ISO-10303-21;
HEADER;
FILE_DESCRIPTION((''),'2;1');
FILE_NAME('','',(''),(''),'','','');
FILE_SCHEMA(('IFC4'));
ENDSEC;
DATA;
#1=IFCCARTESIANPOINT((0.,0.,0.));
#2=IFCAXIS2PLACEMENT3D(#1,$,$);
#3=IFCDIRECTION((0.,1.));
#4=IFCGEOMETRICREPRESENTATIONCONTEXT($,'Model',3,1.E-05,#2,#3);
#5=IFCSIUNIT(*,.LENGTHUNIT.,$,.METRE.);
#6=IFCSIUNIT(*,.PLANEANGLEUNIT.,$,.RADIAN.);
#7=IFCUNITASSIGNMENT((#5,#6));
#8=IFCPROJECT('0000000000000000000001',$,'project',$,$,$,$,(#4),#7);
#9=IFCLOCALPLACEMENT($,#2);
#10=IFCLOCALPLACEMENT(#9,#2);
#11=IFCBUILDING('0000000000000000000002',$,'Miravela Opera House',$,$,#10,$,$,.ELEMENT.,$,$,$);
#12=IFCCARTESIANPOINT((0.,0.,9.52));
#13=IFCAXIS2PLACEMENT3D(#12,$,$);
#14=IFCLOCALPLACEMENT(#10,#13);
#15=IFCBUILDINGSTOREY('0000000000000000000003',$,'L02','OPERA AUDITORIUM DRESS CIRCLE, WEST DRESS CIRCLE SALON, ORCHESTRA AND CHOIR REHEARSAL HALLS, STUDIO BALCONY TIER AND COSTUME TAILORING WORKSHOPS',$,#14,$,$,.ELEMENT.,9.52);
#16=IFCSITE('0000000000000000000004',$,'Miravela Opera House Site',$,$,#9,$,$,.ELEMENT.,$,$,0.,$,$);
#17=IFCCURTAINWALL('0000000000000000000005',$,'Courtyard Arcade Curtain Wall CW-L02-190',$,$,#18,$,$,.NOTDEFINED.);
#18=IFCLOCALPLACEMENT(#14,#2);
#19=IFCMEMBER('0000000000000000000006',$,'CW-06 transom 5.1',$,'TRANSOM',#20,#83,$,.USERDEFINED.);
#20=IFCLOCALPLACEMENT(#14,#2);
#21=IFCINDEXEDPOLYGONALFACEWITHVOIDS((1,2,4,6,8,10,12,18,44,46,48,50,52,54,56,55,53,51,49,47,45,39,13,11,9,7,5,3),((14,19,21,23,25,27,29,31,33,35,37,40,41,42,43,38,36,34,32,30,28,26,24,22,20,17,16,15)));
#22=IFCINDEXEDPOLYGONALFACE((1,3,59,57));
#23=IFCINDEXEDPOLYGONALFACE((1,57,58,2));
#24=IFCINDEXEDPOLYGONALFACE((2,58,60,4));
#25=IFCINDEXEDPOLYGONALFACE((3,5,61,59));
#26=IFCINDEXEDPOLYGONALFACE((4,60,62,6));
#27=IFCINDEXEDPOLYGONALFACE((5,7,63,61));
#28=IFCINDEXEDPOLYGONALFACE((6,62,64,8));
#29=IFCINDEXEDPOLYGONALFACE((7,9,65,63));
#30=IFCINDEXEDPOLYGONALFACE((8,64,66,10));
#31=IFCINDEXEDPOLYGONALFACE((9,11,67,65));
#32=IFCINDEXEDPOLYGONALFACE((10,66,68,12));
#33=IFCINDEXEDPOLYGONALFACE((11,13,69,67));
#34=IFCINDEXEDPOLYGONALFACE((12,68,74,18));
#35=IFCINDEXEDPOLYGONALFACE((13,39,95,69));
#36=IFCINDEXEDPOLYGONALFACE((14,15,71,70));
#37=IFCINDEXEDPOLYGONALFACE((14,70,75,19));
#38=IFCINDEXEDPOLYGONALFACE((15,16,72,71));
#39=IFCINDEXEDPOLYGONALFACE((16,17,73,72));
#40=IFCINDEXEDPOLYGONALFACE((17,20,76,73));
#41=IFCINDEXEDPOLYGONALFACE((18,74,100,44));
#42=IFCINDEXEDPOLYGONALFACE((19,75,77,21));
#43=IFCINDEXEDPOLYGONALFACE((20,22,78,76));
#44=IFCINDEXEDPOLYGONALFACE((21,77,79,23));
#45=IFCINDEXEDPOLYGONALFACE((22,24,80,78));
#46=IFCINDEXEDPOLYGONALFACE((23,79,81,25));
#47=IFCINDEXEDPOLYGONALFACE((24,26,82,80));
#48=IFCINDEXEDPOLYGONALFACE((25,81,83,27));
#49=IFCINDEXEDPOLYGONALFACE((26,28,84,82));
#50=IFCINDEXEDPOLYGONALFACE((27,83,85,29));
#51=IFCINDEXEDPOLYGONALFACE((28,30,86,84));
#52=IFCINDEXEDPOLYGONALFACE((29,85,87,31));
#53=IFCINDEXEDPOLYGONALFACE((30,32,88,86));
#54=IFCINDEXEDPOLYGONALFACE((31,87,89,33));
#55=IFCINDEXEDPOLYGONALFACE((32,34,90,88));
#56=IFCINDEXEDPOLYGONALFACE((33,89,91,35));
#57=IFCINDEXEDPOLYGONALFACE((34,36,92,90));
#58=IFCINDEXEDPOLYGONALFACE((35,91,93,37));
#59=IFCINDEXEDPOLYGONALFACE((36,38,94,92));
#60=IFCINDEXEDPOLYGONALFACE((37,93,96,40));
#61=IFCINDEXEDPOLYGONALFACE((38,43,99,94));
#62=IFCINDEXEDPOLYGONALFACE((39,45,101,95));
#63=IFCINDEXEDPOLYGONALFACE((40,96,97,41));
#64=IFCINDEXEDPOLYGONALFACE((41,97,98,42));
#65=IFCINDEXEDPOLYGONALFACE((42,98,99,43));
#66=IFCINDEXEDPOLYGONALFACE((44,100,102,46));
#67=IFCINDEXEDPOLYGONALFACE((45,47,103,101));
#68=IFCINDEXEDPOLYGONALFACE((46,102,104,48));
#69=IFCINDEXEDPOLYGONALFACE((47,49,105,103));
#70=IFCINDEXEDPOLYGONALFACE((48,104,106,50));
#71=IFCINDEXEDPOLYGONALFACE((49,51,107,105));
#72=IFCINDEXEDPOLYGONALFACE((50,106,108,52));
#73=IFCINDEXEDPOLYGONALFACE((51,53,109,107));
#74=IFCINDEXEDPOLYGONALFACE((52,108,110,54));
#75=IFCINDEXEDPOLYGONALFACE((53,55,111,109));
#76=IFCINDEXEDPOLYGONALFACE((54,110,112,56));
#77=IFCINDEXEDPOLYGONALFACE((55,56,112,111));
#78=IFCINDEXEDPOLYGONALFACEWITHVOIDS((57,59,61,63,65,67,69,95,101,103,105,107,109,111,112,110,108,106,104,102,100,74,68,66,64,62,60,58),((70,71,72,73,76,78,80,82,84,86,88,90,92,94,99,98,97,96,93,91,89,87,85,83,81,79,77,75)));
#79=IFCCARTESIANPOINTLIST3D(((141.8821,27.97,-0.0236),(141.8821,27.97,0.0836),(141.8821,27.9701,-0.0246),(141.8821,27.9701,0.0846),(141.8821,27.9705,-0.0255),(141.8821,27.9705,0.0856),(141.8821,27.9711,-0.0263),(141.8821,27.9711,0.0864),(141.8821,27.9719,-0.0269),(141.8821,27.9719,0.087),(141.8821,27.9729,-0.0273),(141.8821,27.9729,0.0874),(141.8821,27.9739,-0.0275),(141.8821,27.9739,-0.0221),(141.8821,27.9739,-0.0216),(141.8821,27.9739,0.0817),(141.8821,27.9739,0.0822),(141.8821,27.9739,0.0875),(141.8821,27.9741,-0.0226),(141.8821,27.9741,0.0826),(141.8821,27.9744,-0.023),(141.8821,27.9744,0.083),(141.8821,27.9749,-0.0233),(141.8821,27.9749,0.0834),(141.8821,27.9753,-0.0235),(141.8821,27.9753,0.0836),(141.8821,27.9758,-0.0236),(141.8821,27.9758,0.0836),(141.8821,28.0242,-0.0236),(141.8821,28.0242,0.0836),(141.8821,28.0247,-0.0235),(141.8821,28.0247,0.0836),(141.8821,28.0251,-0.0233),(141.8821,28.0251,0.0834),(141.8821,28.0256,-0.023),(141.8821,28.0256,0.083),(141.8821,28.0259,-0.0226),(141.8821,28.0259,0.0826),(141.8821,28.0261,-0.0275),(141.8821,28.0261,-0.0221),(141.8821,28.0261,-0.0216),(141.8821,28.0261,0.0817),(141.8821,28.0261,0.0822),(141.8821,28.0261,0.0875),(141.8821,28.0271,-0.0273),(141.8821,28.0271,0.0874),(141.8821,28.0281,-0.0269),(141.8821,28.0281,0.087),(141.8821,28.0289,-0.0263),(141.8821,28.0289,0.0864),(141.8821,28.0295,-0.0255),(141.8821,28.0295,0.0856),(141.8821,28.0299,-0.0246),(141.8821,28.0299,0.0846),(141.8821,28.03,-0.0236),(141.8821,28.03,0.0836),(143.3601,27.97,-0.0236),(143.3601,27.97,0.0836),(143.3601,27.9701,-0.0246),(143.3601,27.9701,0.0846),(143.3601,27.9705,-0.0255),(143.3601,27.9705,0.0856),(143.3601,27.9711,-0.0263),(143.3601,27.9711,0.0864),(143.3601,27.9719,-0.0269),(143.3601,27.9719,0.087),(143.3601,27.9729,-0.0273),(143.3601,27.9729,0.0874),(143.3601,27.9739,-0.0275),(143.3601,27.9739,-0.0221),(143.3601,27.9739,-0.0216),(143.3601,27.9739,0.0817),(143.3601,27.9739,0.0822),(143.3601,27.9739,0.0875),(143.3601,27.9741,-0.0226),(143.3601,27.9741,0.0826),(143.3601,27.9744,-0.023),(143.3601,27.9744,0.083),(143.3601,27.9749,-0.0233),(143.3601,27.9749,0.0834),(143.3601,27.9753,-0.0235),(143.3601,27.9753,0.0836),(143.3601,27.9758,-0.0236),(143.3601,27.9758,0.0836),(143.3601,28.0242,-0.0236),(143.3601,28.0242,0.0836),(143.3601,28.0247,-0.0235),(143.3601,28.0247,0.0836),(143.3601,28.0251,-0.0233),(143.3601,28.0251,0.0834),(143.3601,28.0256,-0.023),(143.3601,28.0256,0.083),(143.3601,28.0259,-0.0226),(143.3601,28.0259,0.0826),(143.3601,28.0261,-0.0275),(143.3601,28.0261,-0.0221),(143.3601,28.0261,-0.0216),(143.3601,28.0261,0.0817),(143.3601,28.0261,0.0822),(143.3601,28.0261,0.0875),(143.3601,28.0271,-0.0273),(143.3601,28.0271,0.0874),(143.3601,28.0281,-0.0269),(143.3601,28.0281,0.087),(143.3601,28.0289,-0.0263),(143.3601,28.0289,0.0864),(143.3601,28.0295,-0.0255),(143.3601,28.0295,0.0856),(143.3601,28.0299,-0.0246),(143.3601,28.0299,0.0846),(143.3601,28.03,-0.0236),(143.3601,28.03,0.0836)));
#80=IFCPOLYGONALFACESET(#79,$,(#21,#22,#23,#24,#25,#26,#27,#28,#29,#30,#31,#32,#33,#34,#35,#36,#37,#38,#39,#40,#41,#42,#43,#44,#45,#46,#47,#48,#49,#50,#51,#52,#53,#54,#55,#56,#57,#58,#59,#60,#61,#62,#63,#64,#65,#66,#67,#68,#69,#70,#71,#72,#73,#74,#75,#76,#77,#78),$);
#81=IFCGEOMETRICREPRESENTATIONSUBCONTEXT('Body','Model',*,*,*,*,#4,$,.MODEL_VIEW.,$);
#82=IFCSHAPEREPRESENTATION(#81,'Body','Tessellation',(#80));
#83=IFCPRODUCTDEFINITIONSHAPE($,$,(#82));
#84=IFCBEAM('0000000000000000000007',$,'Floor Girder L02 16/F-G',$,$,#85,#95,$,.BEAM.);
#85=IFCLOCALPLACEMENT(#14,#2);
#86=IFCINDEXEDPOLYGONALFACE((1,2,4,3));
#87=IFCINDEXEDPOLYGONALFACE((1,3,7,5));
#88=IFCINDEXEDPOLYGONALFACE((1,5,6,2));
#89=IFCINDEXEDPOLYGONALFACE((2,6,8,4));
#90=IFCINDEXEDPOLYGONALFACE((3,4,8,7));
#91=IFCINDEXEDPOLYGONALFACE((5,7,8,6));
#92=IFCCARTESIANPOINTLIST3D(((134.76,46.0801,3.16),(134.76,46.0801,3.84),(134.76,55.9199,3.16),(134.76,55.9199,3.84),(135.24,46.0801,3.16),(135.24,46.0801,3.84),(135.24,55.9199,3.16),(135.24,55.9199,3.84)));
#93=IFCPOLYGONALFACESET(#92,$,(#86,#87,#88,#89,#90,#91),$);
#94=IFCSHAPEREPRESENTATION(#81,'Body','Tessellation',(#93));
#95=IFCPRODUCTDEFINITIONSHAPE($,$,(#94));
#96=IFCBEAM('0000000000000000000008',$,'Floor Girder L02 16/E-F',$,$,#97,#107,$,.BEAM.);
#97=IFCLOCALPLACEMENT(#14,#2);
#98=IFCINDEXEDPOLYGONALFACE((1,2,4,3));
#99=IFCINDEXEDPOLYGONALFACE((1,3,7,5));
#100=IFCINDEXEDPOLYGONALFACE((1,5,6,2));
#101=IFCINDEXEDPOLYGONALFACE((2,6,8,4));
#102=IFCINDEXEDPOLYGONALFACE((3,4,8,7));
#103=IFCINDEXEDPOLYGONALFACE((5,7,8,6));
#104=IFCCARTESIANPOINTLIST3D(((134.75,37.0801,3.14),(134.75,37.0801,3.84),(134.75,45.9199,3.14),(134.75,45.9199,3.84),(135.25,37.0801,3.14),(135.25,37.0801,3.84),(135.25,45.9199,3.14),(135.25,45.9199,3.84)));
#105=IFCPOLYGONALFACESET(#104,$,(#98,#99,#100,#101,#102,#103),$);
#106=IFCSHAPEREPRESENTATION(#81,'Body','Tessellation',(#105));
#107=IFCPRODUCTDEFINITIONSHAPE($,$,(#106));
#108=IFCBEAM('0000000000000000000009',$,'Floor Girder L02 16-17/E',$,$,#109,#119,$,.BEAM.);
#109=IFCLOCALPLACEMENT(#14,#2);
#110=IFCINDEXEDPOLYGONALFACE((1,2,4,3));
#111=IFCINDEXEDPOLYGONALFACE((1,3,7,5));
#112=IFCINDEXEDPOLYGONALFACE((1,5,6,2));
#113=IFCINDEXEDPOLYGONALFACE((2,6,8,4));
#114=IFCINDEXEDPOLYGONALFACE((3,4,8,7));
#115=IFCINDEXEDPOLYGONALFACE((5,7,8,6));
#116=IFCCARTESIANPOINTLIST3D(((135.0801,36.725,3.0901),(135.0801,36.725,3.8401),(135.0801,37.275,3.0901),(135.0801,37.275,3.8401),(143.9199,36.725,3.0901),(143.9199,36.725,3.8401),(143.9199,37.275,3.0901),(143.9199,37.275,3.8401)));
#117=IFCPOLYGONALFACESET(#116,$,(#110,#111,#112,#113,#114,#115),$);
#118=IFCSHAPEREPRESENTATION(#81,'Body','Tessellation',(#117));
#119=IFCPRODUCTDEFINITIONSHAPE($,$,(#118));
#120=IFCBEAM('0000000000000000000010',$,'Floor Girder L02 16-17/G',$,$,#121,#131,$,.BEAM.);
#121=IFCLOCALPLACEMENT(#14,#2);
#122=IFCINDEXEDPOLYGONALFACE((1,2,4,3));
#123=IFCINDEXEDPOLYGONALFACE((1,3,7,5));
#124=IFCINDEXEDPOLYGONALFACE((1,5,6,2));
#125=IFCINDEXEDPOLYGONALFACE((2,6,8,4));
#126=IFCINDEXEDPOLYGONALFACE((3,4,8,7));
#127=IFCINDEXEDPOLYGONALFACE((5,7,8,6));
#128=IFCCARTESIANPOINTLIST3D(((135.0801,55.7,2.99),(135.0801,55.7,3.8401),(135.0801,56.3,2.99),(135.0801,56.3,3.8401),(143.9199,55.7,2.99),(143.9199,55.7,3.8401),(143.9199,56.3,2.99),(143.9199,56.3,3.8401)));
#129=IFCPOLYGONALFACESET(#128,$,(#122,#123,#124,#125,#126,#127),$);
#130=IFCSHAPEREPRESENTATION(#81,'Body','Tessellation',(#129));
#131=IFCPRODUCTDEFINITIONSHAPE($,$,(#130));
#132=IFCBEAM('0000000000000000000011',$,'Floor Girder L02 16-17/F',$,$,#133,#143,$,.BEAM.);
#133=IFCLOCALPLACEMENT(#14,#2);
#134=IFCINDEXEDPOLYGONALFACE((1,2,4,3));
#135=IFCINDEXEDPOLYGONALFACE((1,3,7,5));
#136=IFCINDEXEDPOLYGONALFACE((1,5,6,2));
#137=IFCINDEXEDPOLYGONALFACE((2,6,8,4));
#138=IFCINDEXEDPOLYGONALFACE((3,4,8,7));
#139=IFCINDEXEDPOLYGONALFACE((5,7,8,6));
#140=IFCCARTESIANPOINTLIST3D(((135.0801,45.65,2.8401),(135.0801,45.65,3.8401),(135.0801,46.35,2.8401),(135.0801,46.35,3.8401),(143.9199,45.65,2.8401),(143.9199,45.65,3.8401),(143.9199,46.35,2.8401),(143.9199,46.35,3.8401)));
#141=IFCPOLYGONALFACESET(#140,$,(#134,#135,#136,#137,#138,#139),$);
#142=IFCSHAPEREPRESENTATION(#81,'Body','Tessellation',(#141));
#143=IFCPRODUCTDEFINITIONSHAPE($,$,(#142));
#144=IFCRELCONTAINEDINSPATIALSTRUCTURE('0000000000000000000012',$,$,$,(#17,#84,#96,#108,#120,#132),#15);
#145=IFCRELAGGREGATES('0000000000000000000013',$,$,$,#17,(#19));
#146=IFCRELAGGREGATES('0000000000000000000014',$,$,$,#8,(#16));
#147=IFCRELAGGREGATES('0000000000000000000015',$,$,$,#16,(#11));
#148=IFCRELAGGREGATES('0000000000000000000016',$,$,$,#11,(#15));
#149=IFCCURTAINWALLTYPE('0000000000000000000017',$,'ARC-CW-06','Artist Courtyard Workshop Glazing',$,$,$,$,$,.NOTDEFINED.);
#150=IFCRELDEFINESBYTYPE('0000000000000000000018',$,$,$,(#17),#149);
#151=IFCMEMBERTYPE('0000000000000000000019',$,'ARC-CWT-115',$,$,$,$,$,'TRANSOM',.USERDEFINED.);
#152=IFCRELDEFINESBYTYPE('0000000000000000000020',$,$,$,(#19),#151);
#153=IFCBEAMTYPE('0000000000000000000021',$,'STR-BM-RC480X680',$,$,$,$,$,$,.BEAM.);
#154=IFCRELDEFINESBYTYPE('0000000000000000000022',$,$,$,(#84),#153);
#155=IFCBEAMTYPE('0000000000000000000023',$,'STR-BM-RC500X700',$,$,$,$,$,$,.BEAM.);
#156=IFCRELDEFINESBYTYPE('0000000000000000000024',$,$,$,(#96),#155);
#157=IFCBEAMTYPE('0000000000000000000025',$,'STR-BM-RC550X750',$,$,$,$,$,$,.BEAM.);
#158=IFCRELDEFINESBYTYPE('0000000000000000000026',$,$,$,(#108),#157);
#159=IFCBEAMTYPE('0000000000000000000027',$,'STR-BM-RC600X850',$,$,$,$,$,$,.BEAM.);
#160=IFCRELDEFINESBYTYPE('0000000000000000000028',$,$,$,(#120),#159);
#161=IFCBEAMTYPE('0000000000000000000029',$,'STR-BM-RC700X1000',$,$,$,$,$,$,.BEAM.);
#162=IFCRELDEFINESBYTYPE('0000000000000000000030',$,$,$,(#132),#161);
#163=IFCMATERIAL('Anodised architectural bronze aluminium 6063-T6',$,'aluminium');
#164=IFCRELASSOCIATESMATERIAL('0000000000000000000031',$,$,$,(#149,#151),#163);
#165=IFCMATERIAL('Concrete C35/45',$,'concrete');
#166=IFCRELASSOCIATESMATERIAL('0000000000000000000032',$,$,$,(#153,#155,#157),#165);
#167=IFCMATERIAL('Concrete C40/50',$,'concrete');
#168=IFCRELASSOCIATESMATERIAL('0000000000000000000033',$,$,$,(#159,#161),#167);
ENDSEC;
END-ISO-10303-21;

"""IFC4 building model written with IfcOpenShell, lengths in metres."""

from ifc_helpers import new_model, si_unit, direction, frame, origin, origin_2d, place, context, subcontext, project, spatial, rectangle, hollow_rectangle, extrude, material, material_profile, profile_set, type_object, element, aggregate, save


model = new_model("IFC4")

# Units and contexts
model_context = context("Model", 3, precision=1e-05, world=origin(), true_north=direction((0.0, 1.0)))
body_context = subcontext(model_context, "Body", "Model", "MODEL_VIEW")
ifc_project = project(units=[si_unit("LENGTHUNIT", "METRE"), si_unit("PLANEANGLEUNIT", "RADIAN")], contexts=[model_context])

# Site, building, storey
site_placement = place(None, origin())
site = spatial("IfcSite", under=ifc_project, at=site_placement, Name="Miravela Opera House Site", CompositionType="ELEMENT", RefElevation=0.0)
building_placement = place(site_placement, origin())
building = spatial("IfcBuilding", under=site, at=building_placement, Name="Miravela Opera House", CompositionType="ELEMENT")
storey_placement = place(building_placement, frame((0.0, 0.0, 9.52)))
storey = spatial("IfcBuildingStorey", under=building, at=storey_placement, Name="L02", Description="OPERA AUDITORIUM DRESS CIRCLE, WEST DRESS CIRCLE SALON, ORCHESTRA AND CHOIR REHEARSAL HALLS, STUDIO BALCONY TIER AND COSTUME TAILORING WORKSHOPS", CompositionType="ELEMENT", Elevation=9.52)

# Shared definitions
ifc_material_1 = material(Name="Concrete C35/45", Category="concrete")

# Curtain wall, member
ifc_material_2 = material(Name="Anodised architectural bronze aluminium 6063-T6", Category="aluminium")
curtain_wall_type = type_object("IfcCurtainWallType", Name="ARC-CW-06", Description="Artist Courtyard Workshop Glazing", PredefinedType="NOTDEFINED", material=ifc_material_2)
curtain_wall_placement = place(storey_placement, origin())
curtain_wall = element("IfcCurtainWall", 1, at=curtain_wall_placement, inside=storey, type_object=curtain_wall_type, Name="Courtyard Arcade Curtain Wall CW-L02-190", PredefinedType="NOTDEFINED")
ifc_material_profile_1 = material_profile(ifc_material_2, hollow_rectangle(XDim=0.0601, YDim=0.115, WallThickness=0.0039, InnerFilletRadius=0.002, OuterFilletRadius=0.0039, at=origin_2d()), Name="CWT-60X115")
ifc_profile_set_1 = profile_set([ifc_material_profile_1])
member_type_1 = type_object("IfcMemberType", Name="ARC-CWT-115", ElementType="TRANSOM", PredefinedType="USERDEFINED", material=ifc_profile_set_1)
member_1_placement = place(storey_placement, frame((141.8821, 28.0, 0.03), z_axis=(1.0, 0.0, 0.0), x_axis=(0.0, 1.0, 0.0)))
member_1 = element("IfcMember", 2, at=member_1_placement, type_object=member_type_1, Name="CW-06 transom 5.1", ObjectType="TRANSOM", PredefinedType="USERDEFINED", context=body_context, shape_type="SweptSolid", body=[
    extrude(hollow_rectangle(XDim=0.0601, YDim=0.115, WallThickness=0.0039, InnerFilletRadius=0.002, OuterFilletRadius=0.0039, at=origin_2d()), origin(), (0.0, 0.0, 1.0), 1.478),
])

# Beams
ifc_material_profile_2 = material_profile(ifc_material_1, rectangle(XDim=0.48, YDim=0.6799, at=origin_2d()), Name="RC-BM-480X680")
ifc_profile_set_2 = profile_set([ifc_material_profile_2])
beam_type_1 = type_object("IfcBeamType", Name="STR-BM-RC480X680", PredefinedType="BEAM", material=ifc_profile_set_2)
beam_1_placement = place(storey_placement, frame((135.0, 46.0801, 3.5), z_axis=(0.0, 1.0, 0.0), x_axis=(-1.0, 0.0, 0.0)))
element("IfcBeam", 3, at=beam_1_placement, inside=storey, type_object=beam_type_1, Name="Floor Girder L02 16/F-G", PredefinedType="BEAM", context=body_context, shape_type="SweptSolid", body=[
    extrude(rectangle(XDim=0.48, YDim=0.6799, at=origin_2d()), origin(), (0.0, 0.0, 1.0), 9.8398),
])
ifc_material_profile_3 = material_profile(ifc_material_1, rectangle(XDim=0.5, YDim=0.7, at=origin_2d()), Name="RC-BM-500X700")
ifc_profile_set_3 = profile_set([ifc_material_profile_3])
beam_type_2 = type_object("IfcBeamType", Name="STR-BM-RC500X700", PredefinedType="BEAM", material=ifc_profile_set_3)
beam_2_placement = place(storey_placement, frame((135.0, 37.0801, 3.49), z_axis=(0.0, 1.0, 0.0), x_axis=(-1.0, 0.0, 0.0)))
element("IfcBeam", 4, at=beam_2_placement, inside=storey, type_object=beam_type_2, Name="Floor Girder L02 16/E-F", PredefinedType="BEAM", context=body_context, shape_type="SweptSolid", body=[
    extrude(rectangle(XDim=0.5, YDim=0.7, at=origin_2d()), origin(), (0.0, 0.0, 1.0), 8.8398),
])
ifc_material_profile_4 = material_profile(ifc_material_1, rectangle(XDim=0.55, YDim=0.75, at=origin_2d()), Name="RC-BM-550X750")
ifc_profile_set_4 = profile_set([ifc_material_profile_4])
beam_type_3 = type_object("IfcBeamType", Name="STR-BM-RC550X750", PredefinedType="BEAM", material=ifc_profile_set_4)
beam_3_placement = place(storey_placement, frame((135.0801, 37.0, 3.4651), z_axis=(1.0, 0.0, 0.0), x_axis=(0.0, 1.0, 0.0)))
element("IfcBeam", 5, at=beam_3_placement, inside=storey, type_object=beam_type_3, Name="Floor Girder L02 16-17/E", PredefinedType="BEAM", context=body_context, shape_type="SweptSolid", body=[
    extrude(rectangle(XDim=0.55, YDim=0.75, at=origin_2d()), origin(), (0.0, 0.0, 1.0), 8.8398),
])
ifc_material_3 = material(Name="Concrete C40/50", Category="concrete")
ifc_material_profile_5 = material_profile(ifc_material_3, rectangle(XDim=0.6001, YDim=0.8501, at=origin_2d()), Name="RC-BM-600X850")
ifc_profile_set_5 = profile_set([ifc_material_profile_5])
beam_type_4 = type_object("IfcBeamType", Name="STR-BM-RC600X850", PredefinedType="BEAM", material=ifc_profile_set_5)
beam_4_placement = place(storey_placement, frame((135.0801, 56.0, 3.415), z_axis=(1.0, 0.0, 0.0), x_axis=(0.0, 1.0, 0.0)))
element("IfcBeam", 6, at=beam_4_placement, inside=storey, type_object=beam_type_4, Name="Floor Girder L02 16-17/G", PredefinedType="BEAM", context=body_context, shape_type="SweptSolid", body=[
    extrude(rectangle(XDim=0.6001, YDim=0.8501, at=origin_2d()), origin(), (0.0, 0.0, 1.0), 8.8398),
])
ifc_material_profile_6 = material_profile(ifc_material_3, rectangle(XDim=0.7, YDim=1.0, at=origin_2d()), Name="RC-BM-700X1000")
ifc_profile_set_6 = profile_set([ifc_material_profile_6])
beam_type_5 = type_object("IfcBeamType", Name="STR-BM-RC700X1000", PredefinedType="BEAM", material=ifc_profile_set_6)
beam_5_placement = place(storey_placement, frame((135.0801, 46.0, 3.3401), z_axis=(1.0, 0.0, 0.0), x_axis=(0.0, 1.0, 0.0)))
element("IfcBeam", 7, at=beam_5_placement, inside=storey, type_object=beam_type_5, Name="Floor Girder L02 16-17/F", PredefinedType="BEAM", context=body_context, shape_type="SweptSolid", body=[
    extrude(rectangle(XDim=0.7, YDim=1.0, at=origin_2d()), origin(), (0.0, 0.0, 1.0), 8.8398),
])

aggregate(curtain_wall, [member_1])

save(model, "model.ifc")
